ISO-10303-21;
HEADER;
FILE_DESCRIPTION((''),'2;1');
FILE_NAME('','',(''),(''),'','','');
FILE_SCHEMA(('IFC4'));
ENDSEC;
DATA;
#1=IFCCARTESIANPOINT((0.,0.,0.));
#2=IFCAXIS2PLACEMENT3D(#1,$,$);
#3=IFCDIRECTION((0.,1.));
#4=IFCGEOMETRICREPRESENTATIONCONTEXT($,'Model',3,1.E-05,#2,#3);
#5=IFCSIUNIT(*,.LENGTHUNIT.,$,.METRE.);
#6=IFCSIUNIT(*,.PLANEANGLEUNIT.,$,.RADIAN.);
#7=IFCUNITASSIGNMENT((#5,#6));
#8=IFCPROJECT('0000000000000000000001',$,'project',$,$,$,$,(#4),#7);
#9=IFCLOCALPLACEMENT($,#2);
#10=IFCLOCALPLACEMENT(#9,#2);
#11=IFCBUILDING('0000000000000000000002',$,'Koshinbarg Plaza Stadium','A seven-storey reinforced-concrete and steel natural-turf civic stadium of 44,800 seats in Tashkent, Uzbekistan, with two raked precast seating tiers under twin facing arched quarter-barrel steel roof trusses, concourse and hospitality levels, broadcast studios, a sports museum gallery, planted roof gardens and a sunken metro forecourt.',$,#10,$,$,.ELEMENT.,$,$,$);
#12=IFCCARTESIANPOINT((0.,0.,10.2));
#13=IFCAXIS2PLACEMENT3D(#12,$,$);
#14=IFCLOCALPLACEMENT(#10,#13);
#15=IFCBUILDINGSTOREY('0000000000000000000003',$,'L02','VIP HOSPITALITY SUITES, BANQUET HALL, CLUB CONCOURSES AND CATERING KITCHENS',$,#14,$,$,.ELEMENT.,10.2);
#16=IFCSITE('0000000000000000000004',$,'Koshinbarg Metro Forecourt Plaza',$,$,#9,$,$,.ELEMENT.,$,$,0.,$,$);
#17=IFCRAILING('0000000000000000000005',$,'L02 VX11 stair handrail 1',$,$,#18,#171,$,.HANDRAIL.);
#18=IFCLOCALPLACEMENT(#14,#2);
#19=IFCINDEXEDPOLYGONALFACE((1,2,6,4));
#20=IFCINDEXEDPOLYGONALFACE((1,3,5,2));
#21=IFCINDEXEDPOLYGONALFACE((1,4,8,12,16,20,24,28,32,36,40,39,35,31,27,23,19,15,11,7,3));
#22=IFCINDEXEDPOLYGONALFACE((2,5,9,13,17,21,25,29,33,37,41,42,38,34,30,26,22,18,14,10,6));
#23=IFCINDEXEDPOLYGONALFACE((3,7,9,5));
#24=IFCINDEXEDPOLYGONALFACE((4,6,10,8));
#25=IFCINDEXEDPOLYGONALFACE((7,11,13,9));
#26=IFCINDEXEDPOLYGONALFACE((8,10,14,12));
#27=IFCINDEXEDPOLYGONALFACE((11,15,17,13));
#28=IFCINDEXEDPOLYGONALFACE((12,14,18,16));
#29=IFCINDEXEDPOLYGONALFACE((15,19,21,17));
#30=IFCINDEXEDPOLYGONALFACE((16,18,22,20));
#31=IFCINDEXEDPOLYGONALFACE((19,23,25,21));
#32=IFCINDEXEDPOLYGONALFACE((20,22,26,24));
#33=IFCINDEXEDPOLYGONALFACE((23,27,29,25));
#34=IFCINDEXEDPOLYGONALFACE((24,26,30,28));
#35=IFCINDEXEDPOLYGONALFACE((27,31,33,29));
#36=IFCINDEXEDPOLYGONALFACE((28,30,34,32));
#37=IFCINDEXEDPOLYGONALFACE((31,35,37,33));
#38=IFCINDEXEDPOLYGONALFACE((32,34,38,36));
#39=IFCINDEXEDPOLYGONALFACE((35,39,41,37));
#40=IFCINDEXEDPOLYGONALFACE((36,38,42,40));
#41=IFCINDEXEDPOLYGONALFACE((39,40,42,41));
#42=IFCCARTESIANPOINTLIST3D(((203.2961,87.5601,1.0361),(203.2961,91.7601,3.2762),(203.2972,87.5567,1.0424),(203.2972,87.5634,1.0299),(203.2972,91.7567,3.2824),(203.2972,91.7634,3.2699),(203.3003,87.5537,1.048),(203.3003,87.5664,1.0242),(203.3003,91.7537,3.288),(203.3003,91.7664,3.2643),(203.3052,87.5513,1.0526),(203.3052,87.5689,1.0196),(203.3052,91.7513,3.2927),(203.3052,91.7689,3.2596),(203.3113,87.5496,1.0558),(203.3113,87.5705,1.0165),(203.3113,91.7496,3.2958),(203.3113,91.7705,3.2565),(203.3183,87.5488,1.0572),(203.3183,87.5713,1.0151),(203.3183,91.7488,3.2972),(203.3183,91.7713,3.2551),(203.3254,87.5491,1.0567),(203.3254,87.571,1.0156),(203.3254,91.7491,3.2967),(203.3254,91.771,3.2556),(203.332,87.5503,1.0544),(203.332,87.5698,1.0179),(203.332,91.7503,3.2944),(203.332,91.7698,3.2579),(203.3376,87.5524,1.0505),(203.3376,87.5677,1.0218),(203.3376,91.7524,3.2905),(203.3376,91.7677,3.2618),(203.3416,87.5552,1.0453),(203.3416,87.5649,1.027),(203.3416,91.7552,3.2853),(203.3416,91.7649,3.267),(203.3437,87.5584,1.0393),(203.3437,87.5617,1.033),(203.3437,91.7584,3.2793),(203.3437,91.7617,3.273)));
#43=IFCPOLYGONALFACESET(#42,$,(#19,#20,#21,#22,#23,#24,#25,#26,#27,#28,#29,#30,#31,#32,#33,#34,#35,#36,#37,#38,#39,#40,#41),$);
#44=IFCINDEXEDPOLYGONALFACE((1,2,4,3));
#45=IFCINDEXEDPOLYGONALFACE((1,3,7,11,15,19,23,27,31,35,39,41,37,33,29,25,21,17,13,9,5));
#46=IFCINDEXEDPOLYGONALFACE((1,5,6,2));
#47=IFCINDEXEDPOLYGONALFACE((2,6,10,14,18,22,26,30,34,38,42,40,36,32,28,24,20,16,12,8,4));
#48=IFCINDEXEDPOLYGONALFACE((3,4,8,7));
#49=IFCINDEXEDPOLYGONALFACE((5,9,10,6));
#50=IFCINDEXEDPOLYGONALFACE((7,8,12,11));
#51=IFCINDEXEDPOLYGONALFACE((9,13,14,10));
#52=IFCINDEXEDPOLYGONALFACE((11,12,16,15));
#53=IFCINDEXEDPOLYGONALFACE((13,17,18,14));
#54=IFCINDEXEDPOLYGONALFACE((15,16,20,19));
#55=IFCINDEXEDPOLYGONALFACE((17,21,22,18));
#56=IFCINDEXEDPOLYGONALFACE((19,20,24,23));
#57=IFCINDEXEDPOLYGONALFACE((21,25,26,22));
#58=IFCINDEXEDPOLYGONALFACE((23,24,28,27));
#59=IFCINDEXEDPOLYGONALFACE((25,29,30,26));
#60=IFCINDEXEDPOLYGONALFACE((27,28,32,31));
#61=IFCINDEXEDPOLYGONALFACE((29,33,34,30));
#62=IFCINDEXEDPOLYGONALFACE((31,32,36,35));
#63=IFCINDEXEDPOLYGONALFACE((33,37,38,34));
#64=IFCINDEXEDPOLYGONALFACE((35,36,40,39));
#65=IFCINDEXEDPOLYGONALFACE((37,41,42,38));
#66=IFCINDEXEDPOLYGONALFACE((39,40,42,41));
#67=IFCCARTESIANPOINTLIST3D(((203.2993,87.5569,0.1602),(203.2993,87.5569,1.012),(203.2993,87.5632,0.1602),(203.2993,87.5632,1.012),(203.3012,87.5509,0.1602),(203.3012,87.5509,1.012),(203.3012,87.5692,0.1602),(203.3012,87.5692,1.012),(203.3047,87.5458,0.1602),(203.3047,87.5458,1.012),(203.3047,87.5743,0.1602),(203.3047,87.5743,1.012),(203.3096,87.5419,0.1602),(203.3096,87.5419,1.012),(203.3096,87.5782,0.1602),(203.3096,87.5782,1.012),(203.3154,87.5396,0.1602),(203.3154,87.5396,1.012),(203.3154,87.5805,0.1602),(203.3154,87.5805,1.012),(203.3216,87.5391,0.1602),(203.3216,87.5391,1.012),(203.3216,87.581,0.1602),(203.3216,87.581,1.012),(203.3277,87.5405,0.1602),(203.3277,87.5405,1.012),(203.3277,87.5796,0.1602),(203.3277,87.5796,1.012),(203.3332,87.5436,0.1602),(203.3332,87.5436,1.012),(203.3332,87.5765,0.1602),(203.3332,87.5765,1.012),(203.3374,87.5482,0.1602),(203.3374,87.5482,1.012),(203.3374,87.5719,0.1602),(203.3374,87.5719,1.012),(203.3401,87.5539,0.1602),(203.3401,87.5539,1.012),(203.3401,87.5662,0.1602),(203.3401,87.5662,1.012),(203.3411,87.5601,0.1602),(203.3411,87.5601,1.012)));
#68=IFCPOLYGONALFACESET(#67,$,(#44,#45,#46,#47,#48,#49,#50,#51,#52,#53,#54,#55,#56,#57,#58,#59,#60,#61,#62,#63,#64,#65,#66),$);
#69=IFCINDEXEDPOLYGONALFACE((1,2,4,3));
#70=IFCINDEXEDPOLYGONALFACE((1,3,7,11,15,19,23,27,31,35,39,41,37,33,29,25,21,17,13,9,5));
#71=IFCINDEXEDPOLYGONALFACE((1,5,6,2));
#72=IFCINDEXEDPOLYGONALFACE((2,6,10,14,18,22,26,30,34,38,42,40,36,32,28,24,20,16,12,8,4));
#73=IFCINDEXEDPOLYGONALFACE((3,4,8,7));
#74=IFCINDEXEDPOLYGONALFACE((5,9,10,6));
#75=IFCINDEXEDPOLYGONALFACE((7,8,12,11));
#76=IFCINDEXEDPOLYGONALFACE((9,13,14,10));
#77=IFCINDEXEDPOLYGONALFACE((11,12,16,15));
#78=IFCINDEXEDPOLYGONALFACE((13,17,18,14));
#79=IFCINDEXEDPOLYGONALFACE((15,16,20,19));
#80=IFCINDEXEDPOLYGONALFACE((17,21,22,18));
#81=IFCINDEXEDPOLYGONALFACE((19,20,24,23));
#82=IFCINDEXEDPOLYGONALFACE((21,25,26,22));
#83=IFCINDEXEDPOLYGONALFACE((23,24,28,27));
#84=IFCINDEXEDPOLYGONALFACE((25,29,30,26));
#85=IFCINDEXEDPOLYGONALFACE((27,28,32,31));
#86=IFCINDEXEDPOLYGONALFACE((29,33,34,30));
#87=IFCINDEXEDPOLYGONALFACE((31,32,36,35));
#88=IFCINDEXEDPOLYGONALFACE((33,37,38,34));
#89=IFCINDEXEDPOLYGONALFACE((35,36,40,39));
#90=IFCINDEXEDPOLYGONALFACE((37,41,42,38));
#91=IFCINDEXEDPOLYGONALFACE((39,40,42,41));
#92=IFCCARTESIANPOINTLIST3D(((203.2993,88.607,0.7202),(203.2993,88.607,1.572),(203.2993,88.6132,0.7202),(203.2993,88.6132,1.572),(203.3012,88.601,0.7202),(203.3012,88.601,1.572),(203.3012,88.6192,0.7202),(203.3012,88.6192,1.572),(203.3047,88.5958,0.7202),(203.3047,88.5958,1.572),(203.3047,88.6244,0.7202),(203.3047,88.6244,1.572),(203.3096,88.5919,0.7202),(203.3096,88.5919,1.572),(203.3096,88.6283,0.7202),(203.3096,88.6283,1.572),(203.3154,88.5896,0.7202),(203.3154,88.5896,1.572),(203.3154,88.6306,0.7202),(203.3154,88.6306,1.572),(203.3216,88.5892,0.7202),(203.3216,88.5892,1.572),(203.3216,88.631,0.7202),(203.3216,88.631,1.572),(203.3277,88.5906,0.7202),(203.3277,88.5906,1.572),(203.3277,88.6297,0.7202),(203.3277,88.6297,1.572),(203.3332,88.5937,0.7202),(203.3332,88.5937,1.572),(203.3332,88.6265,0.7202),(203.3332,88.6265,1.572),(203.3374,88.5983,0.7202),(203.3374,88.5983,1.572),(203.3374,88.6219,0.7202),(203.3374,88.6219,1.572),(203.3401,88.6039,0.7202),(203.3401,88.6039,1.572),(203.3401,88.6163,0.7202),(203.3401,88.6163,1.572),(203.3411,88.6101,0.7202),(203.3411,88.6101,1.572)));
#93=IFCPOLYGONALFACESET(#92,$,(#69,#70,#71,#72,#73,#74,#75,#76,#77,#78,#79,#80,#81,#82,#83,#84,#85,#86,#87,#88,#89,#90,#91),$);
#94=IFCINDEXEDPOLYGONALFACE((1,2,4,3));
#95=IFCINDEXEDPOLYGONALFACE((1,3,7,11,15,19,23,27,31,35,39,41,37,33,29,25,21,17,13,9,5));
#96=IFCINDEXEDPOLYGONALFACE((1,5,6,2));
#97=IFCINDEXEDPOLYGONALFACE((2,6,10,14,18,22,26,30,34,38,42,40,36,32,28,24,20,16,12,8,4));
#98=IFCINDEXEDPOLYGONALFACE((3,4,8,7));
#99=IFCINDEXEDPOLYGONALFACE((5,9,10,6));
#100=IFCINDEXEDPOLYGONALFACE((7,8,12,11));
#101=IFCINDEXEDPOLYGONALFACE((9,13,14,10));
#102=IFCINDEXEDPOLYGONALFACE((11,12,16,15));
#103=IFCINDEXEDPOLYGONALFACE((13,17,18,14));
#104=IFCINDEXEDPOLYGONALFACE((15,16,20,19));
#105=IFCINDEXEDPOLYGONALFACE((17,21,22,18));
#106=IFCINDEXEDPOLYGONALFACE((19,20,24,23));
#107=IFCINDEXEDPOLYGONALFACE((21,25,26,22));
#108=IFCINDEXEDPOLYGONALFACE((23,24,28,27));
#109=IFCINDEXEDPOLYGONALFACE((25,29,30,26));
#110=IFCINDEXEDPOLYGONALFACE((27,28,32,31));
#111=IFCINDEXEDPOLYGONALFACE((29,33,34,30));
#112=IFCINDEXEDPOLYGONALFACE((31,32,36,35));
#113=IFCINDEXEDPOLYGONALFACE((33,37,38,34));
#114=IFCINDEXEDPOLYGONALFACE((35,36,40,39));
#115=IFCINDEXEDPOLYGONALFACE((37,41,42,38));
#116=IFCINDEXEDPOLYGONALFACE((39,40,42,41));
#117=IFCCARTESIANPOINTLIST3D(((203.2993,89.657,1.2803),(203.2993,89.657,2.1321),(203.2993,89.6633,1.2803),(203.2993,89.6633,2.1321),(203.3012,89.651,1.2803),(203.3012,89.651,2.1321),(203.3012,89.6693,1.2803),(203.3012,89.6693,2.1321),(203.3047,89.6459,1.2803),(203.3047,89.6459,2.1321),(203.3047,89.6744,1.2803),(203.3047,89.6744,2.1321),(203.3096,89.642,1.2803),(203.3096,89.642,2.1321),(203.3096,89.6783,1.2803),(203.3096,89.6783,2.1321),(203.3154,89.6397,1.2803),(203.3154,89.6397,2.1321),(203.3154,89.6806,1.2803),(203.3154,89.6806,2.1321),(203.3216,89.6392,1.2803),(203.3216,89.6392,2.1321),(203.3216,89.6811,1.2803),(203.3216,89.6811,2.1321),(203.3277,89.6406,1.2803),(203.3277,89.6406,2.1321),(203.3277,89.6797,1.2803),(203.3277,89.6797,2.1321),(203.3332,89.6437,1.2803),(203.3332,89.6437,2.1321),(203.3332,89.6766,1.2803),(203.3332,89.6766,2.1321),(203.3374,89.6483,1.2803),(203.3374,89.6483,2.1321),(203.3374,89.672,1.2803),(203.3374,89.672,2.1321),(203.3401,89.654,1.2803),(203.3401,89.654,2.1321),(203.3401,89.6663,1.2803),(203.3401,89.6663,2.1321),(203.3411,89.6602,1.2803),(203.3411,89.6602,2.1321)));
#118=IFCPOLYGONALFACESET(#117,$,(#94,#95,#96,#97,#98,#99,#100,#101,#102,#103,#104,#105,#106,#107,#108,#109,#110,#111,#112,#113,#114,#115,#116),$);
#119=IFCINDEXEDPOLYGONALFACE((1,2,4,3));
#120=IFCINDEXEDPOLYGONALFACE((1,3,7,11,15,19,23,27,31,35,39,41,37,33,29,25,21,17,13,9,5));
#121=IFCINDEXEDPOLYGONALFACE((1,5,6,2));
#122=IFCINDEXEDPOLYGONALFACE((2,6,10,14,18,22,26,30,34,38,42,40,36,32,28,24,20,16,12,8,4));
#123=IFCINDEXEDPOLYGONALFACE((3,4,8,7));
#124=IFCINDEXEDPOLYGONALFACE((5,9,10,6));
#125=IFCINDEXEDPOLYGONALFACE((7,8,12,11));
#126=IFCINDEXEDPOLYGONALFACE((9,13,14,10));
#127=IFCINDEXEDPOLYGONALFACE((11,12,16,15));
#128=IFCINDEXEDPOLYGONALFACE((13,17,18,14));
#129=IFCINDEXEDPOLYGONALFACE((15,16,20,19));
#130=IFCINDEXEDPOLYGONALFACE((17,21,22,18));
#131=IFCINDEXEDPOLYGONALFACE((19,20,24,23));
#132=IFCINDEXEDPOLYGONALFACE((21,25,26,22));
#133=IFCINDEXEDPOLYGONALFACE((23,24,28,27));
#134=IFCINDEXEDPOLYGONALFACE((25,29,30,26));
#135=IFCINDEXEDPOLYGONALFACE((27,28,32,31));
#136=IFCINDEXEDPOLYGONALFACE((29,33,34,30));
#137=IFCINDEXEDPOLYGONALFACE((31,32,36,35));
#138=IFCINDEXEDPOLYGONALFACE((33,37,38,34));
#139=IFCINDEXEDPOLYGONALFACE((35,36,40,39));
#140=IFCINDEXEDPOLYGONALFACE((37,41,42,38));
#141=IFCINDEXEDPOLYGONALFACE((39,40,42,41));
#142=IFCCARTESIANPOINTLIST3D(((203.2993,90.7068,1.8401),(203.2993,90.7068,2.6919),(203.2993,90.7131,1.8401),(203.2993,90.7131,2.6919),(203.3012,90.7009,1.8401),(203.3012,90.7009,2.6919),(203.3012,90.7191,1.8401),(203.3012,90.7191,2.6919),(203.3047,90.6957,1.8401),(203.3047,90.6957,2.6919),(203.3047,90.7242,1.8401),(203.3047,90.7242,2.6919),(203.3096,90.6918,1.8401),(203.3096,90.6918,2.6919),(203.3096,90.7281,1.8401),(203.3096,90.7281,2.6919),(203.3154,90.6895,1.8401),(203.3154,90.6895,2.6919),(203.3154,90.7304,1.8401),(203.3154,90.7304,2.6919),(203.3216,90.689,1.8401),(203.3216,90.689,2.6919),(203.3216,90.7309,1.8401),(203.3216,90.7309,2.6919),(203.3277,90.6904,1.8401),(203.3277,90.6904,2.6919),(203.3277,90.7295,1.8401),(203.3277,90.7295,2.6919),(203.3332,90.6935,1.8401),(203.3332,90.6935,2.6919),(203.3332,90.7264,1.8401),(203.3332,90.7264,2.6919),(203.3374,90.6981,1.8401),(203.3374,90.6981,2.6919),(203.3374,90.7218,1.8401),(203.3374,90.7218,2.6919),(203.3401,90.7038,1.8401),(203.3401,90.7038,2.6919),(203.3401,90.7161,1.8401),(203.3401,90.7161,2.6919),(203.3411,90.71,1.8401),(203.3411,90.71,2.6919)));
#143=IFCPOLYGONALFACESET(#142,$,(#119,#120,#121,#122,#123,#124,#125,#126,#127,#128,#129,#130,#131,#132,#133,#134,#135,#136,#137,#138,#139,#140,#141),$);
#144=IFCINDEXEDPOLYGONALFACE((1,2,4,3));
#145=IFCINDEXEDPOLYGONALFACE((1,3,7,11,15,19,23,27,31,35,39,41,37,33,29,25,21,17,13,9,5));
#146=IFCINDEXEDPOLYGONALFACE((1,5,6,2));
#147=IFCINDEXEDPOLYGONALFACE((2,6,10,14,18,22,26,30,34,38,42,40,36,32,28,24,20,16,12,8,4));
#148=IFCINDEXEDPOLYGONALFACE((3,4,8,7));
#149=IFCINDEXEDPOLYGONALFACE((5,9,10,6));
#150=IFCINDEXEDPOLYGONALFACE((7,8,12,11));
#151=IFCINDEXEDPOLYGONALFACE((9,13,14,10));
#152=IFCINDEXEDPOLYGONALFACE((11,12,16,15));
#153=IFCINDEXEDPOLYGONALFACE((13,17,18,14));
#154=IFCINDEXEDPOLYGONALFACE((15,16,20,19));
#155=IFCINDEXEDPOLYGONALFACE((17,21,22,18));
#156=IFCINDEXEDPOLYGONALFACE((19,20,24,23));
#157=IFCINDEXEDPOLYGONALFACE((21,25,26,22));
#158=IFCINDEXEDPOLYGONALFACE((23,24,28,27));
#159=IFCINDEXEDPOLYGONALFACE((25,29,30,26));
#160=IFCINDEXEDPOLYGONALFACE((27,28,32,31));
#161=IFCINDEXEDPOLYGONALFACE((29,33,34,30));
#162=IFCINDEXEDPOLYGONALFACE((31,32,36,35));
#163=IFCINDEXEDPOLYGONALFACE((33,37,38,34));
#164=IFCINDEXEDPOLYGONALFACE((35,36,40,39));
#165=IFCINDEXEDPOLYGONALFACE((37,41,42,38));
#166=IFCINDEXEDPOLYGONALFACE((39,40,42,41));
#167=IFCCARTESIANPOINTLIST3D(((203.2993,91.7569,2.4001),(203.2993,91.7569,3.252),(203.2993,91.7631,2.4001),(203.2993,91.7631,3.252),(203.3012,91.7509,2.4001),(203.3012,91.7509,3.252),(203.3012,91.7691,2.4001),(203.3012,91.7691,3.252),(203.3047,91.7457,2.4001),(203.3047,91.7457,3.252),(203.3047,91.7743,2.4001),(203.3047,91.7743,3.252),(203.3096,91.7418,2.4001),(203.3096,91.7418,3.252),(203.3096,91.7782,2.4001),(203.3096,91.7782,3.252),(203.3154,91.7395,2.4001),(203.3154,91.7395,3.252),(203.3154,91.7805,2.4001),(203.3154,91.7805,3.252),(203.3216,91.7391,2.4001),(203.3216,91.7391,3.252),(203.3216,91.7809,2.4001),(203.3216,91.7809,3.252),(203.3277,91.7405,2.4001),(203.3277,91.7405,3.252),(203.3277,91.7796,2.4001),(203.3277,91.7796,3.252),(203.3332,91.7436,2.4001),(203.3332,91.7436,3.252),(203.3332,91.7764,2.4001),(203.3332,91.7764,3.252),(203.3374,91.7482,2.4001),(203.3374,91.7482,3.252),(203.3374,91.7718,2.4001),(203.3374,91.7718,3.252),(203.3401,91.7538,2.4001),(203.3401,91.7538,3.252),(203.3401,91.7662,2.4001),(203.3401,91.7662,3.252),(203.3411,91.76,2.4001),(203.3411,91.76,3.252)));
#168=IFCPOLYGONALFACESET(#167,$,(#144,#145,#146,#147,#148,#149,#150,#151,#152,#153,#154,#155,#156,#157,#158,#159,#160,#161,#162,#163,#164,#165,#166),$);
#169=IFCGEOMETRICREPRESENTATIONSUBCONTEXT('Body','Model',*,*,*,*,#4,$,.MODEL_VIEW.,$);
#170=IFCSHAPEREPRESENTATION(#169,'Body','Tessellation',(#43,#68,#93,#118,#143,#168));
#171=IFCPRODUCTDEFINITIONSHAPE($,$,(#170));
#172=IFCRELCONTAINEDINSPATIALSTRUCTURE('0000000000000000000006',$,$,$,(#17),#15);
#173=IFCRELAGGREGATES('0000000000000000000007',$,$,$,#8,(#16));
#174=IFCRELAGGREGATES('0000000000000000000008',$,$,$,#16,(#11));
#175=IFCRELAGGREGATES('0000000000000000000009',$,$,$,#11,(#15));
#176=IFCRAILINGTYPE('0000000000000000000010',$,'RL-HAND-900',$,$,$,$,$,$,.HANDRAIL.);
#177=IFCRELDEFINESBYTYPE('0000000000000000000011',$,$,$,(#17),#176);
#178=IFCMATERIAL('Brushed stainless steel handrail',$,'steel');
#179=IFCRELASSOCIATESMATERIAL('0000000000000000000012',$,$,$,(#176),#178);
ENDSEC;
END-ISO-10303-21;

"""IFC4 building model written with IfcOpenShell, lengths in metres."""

from ifc_helpers import new_model, si_unit, direction, frame, origin, origin_2d, place, context, subcontext, project, spatial, circle, extrude, material, type_object, element, save


model = new_model("IFC4")

# Units and contexts
model_context = context("Model", 3, precision=1e-05, world=origin(), true_north=direction((0.0, 1.0)))
body_context = subcontext(model_context, "Body", "Model", "MODEL_VIEW")
ifc_project = project(units=[si_unit("LENGTHUNIT", "METRE"), si_unit("PLANEANGLEUNIT", "RADIAN")], contexts=[model_context])

# Site, building, storey
site_placement = place(None, origin())
site = spatial("IfcSite", under=ifc_project, at=site_placement, Name="Koshinbarg Metro Forecourt Plaza", CompositionType="ELEMENT", RefElevation=0.0)
building_placement = place(site_placement, origin())
building = spatial("IfcBuilding", under=site, at=building_placement, Name="Koshinbarg Plaza Stadium", Description="A seven-storey reinforced-concrete and steel natural-turf civic stadium of 44,800 seats in Tashkent, Uzbekistan, with two raked precast seating tiers under twin facing arched quarter-barrel steel roof trusses, concourse and hospitality levels, broadcast studios, a sports museum gallery, planted roof gardens and a sunken metro forecourt.", CompositionType="ELEMENT")
storey_placement = place(building_placement, frame((0.0, 0.0, 10.2)))
storey = spatial("IfcBuildingStorey", under=building, at=storey_placement, Name="L02", Description="VIP HOSPITALITY SUITES, BANQUET HALL, CLUB CONCOURSES AND CATERING KITCHENS", CompositionType="ELEMENT", Elevation=10.2)

# Railing
ifc_material_1 = material(Name="Brushed stainless steel handrail", Category="steel")
railing_type_1 = type_object("IfcRailingType", Name="RL-HAND-900", PredefinedType="HANDRAIL", material=ifc_material_1)
railing_1_placement = place(storey_placement, frame((203.3201, 87.5601, 0.1602)))
element("IfcRailing", 1, at=railing_1_placement, inside=storey, type_object=railing_type_1, Name="L02 VX11 stair handrail 1", PredefinedType="HANDRAIL", context=body_context, shape_type="SweptSolid", body=[
    extrude(circle(Radius=0.0239, at=origin_2d()), frame((0.0, 0.0, 0.876), z_axis=(0.0, 0.882352, 0.470591), x_axis=(-1.0, 0.0, 0.0)), (0.0, 0.0, 1.0), 4.76),
    extrude(circle(Radius=0.021, at=origin_2d()), origin(), (0.0, 0.0, 1.0), 0.8518),
    extrude(circle(Radius=0.021, at=origin_2d()), frame((0.0, 1.05, 0.5601)), (0.0, 0.0, 1.0), 0.8518),
    extrude(circle(Radius=0.021, at=origin_2d()), frame((0.0, 2.1001, 1.1201)), (0.0, 0.0, 1.0), 0.8518),
    extrude(circle(Radius=0.021, at=origin_2d()), frame((0.0, 3.1499, 1.6799)), (0.0, 0.0, 1.0), 0.8518),
    extrude(circle(Radius=0.021, at=origin_2d()), frame((0.0, 4.2, 2.24)), (0.0, 0.0, 1.0), 0.8518),
])

save(model, "model.ifc")
